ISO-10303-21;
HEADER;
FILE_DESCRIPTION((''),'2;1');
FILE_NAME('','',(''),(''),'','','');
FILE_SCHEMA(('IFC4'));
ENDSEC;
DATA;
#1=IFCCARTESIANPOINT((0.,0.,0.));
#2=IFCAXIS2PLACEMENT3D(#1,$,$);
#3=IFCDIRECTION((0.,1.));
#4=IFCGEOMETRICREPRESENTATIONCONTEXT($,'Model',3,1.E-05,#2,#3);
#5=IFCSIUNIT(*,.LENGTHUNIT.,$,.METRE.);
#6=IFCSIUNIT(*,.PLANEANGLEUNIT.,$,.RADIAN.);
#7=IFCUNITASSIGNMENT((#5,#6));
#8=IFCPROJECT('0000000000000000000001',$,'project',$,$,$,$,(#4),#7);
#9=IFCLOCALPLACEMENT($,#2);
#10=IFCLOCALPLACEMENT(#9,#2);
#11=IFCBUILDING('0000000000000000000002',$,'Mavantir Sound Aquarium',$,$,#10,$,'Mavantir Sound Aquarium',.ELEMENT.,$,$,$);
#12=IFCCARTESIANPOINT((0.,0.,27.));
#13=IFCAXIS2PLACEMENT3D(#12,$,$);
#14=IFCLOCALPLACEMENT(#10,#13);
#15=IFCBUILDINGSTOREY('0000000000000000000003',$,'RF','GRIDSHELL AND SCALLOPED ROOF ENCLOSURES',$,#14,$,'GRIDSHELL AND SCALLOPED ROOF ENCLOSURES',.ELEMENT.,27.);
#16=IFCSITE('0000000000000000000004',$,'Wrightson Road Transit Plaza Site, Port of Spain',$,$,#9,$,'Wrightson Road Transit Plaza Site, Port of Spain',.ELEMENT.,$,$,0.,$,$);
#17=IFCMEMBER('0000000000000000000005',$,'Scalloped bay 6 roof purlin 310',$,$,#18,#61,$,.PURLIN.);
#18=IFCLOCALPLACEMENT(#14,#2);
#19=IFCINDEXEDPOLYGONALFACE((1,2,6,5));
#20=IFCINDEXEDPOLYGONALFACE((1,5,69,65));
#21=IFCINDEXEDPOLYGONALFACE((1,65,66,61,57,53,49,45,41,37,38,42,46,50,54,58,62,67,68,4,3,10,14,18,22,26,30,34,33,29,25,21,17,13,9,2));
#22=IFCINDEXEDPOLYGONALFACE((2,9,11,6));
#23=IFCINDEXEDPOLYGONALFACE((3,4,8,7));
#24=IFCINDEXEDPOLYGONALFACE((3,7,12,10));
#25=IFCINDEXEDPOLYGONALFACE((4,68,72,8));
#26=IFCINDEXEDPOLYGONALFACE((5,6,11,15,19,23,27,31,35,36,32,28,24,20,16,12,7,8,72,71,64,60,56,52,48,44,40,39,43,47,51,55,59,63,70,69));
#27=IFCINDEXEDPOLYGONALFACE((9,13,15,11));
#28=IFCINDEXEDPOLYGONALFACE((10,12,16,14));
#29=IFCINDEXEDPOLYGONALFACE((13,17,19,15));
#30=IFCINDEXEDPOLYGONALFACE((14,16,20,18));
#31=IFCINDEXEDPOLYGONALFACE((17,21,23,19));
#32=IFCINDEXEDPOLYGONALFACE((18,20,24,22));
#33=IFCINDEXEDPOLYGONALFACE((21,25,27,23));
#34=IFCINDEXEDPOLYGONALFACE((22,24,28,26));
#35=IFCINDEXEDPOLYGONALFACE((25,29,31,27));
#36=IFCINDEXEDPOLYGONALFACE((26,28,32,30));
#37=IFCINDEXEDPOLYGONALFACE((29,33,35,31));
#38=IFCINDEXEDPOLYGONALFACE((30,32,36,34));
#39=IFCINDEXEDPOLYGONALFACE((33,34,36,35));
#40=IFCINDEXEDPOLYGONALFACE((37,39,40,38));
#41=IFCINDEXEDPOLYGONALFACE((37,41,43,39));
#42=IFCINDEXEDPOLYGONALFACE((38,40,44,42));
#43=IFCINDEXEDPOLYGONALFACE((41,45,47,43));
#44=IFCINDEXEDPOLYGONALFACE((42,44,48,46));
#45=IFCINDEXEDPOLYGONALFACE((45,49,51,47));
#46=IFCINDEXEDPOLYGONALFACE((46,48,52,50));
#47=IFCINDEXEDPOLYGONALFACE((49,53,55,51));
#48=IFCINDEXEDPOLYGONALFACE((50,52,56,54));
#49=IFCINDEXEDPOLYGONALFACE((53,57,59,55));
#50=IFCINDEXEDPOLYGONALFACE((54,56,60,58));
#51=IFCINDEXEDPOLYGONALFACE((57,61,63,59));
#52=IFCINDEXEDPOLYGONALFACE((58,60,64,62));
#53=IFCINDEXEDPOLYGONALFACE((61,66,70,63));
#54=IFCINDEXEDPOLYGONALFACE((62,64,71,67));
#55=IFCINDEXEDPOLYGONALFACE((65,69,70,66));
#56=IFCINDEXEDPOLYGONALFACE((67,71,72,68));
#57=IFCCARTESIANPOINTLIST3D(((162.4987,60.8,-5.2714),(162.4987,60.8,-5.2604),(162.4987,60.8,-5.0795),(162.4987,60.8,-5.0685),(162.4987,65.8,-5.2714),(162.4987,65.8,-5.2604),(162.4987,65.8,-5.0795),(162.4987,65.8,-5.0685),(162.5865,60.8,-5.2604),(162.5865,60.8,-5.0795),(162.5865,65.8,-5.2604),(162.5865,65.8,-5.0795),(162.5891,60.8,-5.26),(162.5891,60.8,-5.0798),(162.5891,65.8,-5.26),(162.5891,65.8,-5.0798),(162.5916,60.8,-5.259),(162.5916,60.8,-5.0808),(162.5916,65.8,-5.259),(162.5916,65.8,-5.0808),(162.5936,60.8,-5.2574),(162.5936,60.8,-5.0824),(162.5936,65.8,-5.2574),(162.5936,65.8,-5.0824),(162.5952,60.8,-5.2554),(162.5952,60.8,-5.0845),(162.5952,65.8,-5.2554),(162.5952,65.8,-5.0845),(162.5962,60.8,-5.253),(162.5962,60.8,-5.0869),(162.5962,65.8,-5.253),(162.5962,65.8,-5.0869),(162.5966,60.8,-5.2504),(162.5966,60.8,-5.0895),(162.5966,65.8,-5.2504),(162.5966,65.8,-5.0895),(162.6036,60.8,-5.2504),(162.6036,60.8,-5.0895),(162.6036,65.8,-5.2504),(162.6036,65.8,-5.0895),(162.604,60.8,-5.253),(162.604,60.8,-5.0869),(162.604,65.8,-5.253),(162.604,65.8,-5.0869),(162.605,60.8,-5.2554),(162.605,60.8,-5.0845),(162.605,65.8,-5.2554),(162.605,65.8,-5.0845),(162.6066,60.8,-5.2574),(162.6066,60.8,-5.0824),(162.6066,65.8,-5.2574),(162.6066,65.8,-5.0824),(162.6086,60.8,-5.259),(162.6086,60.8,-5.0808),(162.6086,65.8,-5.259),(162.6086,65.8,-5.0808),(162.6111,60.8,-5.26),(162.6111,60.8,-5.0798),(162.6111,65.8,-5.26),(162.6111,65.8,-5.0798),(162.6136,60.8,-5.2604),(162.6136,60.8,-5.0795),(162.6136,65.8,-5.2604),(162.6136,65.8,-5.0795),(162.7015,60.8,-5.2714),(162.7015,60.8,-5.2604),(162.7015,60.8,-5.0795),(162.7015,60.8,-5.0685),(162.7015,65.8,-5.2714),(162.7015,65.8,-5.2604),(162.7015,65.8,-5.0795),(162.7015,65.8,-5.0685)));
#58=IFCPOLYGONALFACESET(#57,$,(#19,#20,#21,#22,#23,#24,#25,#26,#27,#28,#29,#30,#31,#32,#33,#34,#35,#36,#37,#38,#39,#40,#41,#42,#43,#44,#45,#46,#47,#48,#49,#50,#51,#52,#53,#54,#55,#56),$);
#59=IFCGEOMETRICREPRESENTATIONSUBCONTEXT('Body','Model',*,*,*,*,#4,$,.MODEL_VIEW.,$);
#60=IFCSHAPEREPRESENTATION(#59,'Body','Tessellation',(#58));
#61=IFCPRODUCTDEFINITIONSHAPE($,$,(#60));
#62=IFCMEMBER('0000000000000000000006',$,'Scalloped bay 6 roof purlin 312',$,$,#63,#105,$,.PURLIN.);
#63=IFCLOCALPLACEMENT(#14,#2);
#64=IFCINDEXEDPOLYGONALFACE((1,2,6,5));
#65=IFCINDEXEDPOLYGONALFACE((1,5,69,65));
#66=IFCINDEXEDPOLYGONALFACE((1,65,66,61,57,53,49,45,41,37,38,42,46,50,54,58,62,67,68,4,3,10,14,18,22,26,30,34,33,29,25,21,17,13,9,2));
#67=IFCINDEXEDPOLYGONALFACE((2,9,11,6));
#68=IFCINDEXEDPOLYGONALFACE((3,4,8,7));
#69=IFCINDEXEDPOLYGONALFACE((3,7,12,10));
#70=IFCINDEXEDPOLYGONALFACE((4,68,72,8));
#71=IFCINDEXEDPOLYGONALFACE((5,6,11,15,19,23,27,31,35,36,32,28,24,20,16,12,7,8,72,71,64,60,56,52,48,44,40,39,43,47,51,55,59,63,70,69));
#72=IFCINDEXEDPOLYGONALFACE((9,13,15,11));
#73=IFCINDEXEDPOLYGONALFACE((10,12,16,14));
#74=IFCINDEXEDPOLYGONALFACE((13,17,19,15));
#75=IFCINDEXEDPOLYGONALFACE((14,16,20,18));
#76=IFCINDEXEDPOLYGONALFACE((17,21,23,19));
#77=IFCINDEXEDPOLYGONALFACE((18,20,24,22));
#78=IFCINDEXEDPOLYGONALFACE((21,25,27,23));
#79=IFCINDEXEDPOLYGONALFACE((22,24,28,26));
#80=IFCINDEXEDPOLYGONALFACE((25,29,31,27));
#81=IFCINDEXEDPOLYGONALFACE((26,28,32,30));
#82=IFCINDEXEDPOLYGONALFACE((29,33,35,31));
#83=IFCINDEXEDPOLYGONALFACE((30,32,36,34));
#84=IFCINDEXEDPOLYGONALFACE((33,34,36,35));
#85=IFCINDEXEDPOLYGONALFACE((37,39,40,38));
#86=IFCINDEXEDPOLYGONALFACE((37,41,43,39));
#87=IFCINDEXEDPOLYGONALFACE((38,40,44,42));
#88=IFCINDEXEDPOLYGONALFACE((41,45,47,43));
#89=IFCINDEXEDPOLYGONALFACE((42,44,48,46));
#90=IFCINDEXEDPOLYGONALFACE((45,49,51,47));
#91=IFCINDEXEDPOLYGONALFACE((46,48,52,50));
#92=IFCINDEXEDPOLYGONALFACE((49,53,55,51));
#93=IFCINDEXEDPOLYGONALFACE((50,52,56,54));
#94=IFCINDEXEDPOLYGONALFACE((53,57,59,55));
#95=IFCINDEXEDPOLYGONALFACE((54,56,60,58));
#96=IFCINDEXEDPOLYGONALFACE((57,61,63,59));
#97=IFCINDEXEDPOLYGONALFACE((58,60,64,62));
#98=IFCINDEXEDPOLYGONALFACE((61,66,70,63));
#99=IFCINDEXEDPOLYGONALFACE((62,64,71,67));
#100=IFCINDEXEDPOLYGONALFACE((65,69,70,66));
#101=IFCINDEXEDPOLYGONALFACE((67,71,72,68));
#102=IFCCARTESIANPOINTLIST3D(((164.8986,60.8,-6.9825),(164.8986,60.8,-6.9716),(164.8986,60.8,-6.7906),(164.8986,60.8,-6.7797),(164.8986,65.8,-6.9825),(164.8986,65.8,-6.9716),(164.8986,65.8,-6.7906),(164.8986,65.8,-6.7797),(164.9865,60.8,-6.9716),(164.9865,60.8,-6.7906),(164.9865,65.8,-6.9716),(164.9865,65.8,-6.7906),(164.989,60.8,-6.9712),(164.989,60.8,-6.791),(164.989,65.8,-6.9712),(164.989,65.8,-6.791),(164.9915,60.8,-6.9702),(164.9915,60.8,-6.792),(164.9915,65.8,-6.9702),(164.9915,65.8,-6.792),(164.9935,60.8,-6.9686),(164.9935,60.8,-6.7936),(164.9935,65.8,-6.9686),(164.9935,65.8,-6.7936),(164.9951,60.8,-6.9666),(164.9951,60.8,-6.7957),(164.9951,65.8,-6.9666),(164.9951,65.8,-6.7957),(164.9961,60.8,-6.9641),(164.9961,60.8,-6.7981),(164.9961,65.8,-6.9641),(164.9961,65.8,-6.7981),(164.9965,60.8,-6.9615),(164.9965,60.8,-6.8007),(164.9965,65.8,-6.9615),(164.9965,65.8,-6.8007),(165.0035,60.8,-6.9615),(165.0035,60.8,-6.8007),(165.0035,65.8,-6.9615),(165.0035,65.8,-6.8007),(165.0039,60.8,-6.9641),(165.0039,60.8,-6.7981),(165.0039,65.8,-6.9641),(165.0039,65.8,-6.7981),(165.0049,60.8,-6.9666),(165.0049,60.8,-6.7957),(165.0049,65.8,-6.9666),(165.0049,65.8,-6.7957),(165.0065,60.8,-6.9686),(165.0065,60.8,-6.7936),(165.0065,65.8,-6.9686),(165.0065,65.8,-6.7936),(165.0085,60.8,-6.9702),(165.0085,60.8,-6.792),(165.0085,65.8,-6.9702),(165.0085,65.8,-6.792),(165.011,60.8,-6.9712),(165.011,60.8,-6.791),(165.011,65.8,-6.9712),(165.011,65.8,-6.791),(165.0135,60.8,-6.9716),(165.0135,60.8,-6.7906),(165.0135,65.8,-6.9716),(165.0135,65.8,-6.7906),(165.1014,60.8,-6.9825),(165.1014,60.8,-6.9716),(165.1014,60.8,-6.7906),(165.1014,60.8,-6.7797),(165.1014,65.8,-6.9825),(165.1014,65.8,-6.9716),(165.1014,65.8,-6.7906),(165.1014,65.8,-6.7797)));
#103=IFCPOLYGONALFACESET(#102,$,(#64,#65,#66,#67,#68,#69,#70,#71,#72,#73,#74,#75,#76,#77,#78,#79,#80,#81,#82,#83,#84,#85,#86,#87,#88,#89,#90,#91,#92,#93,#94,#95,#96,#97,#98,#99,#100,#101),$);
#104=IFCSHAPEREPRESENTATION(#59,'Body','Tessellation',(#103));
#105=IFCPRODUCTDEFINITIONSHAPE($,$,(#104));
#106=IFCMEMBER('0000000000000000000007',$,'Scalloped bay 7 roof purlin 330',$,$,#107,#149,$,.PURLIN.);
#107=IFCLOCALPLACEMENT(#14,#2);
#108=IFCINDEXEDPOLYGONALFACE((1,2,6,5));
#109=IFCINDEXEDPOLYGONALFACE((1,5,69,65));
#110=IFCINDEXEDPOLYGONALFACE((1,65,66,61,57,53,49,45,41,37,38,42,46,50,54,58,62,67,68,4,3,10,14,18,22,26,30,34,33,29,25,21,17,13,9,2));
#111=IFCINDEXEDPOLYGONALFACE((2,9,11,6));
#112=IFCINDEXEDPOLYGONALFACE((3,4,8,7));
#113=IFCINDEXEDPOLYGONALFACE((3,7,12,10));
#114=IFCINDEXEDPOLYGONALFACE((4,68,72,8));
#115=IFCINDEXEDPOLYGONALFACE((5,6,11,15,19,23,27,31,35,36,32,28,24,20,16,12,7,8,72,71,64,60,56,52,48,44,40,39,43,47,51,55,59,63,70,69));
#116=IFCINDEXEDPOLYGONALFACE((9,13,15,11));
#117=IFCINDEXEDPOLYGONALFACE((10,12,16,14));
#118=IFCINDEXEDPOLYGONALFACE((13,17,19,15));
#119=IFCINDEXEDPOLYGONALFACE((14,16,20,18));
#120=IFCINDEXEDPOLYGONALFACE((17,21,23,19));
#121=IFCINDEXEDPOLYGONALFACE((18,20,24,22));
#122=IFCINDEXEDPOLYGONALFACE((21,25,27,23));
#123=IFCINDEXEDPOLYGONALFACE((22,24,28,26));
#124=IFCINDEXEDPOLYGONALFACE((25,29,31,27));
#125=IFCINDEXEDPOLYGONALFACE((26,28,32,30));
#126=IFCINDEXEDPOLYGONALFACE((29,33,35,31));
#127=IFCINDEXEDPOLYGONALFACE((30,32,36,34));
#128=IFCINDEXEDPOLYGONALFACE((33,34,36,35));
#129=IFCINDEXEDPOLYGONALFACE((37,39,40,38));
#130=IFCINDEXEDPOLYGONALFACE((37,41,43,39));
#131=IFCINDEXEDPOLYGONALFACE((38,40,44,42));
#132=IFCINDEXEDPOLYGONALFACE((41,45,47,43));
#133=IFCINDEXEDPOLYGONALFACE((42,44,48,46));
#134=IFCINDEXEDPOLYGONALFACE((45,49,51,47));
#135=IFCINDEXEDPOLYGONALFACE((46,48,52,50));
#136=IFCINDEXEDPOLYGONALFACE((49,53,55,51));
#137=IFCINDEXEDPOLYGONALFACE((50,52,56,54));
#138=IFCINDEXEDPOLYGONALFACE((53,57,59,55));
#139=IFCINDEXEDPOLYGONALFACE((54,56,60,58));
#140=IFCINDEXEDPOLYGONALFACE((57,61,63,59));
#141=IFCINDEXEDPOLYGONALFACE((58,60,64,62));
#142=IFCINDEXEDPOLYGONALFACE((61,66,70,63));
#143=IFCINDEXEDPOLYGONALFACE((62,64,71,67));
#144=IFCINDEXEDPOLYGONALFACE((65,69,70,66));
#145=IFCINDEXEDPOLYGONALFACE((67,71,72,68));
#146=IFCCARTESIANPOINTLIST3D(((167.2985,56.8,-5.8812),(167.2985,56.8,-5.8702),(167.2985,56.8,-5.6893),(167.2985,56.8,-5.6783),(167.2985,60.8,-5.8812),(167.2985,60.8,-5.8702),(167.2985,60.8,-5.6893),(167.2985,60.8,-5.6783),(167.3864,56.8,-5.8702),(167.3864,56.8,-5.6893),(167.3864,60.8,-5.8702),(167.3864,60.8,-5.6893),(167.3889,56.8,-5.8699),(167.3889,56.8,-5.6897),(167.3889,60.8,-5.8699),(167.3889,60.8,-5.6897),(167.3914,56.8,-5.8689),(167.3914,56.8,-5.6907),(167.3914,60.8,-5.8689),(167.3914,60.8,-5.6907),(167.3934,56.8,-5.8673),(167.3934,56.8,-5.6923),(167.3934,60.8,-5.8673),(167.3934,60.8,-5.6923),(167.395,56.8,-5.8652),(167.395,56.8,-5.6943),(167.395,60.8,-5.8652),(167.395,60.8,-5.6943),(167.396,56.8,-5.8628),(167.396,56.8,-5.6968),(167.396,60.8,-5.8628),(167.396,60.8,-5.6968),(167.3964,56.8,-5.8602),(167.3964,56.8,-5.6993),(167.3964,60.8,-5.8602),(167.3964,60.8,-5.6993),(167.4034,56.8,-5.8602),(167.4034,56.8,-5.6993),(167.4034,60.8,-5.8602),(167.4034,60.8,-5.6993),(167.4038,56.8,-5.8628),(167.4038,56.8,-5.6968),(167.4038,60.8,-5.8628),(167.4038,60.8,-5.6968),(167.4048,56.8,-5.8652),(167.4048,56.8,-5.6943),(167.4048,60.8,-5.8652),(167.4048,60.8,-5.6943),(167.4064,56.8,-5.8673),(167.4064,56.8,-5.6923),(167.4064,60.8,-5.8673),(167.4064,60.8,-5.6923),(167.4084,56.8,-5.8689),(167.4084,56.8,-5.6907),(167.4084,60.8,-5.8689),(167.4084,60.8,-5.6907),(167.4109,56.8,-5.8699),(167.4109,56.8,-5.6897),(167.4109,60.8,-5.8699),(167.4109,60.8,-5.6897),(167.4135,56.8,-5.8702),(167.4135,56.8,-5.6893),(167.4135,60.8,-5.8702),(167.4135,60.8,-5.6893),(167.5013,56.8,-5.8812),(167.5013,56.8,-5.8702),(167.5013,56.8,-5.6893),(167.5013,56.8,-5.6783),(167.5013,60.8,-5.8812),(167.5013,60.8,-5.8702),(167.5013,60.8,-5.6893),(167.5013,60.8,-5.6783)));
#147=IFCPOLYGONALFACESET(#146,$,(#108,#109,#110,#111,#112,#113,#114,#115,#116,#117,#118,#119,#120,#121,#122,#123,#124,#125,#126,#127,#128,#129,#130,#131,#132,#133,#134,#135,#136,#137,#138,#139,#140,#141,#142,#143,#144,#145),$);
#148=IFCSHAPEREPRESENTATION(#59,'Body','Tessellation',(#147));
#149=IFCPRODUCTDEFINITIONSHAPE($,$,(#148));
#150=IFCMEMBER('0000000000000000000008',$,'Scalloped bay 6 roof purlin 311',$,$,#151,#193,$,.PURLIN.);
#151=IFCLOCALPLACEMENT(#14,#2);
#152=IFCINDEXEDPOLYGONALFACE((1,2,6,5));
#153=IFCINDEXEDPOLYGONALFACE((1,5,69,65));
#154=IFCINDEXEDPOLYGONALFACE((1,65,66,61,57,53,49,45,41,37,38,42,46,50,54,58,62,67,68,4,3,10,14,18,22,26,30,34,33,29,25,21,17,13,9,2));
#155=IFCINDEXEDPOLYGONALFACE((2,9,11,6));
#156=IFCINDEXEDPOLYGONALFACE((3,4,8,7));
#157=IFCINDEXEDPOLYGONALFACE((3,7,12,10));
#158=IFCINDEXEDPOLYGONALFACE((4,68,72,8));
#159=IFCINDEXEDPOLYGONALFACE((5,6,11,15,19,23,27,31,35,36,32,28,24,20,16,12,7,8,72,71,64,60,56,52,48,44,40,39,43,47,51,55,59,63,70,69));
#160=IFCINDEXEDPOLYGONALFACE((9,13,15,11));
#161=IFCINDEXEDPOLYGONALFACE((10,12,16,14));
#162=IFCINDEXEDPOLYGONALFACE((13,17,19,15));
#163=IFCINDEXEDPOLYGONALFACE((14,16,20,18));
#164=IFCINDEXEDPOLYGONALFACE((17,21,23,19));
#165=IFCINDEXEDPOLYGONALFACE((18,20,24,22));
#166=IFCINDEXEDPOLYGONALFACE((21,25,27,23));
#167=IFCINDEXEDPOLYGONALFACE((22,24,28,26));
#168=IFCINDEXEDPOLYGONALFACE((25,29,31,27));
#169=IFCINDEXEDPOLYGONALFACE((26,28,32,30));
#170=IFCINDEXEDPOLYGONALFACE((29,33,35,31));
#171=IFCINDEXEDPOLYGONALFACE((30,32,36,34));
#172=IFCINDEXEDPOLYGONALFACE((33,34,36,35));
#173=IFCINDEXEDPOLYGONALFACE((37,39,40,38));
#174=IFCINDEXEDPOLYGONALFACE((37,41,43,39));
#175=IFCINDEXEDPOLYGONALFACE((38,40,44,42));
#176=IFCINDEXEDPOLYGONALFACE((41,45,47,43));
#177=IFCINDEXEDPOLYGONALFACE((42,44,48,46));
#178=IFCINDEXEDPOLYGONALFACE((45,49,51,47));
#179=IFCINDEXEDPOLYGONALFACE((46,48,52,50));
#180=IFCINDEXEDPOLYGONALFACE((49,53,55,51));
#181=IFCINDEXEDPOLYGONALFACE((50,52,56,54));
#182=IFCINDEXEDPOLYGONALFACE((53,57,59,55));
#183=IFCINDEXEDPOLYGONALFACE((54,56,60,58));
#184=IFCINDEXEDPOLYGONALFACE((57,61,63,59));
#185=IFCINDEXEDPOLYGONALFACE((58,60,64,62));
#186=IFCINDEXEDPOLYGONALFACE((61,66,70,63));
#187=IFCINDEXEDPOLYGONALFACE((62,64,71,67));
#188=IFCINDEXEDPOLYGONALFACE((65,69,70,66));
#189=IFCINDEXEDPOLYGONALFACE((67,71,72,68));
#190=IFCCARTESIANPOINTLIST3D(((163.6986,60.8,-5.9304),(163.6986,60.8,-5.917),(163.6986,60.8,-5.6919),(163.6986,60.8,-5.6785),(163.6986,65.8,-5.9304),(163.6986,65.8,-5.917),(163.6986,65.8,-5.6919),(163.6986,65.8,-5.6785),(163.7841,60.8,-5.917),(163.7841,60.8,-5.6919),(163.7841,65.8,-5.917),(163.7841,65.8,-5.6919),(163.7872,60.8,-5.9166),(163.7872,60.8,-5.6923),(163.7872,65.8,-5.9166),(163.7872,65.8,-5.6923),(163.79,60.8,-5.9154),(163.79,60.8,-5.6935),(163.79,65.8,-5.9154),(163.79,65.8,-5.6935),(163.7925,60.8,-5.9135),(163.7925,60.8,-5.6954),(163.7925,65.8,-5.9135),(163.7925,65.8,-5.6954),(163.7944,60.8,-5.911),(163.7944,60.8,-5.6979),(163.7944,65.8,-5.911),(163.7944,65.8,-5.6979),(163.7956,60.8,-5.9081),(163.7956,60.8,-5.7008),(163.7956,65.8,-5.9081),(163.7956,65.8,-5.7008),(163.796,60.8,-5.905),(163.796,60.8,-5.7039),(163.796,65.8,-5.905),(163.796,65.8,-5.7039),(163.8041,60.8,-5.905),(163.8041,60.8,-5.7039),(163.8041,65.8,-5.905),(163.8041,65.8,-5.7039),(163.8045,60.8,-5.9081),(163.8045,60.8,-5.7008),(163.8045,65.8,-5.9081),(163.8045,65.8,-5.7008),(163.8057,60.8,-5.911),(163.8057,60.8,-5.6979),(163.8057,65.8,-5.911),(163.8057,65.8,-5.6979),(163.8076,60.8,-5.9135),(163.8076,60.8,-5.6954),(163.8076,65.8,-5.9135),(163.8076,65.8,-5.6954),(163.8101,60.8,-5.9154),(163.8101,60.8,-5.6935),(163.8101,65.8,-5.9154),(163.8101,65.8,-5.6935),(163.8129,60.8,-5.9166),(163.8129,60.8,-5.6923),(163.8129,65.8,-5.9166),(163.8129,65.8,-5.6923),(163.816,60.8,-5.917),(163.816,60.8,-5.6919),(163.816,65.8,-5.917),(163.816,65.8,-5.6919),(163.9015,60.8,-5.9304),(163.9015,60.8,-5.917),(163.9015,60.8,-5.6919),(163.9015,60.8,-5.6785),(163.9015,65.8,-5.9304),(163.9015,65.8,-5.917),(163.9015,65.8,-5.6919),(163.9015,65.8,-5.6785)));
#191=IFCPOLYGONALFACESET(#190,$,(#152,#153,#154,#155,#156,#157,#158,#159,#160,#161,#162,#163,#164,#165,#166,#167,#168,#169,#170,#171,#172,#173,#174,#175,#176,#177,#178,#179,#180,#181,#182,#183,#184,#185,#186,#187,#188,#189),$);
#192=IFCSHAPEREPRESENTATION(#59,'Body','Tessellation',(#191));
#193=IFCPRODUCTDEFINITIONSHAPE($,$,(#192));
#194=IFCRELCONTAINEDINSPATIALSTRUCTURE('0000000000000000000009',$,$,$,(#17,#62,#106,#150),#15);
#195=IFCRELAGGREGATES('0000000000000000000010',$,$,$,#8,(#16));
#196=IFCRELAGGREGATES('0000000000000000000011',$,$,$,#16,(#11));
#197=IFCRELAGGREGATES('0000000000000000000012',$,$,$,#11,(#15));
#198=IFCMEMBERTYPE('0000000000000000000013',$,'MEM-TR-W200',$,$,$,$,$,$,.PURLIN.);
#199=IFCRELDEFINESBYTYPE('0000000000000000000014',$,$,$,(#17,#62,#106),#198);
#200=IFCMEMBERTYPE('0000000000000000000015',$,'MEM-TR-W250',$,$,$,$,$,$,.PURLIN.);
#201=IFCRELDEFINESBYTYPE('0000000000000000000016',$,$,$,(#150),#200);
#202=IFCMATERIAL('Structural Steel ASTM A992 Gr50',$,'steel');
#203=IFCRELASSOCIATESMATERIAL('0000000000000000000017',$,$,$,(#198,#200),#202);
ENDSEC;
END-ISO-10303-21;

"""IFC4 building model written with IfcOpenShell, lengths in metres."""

from ifc_helpers import new_model, si_unit, direction, frame, origin, origin_2d, place, context, subcontext, project, spatial, i_section, extrude, material, material_profile, profile_set, type_object, element, save


model = new_model("IFC4")

# Units and contexts
model_context = context("Model", 3, precision=1e-05, world=origin(), true_north=direction((0.0, 1.0)))
body_context = subcontext(model_context, "Body", "Model", "MODEL_VIEW")
ifc_project = project(units=[si_unit("LENGTHUNIT", "METRE"), si_unit("PLANEANGLEUNIT", "RADIAN")], contexts=[model_context])

# Site, building, storey
site_placement = place(None, origin())
site = spatial("IfcSite", under=ifc_project, at=site_placement, Name="Wrightson Road Transit Plaza Site, Port of Spain", LongName="Wrightson Road Transit Plaza Site, Port of Spain", CompositionType="ELEMENT", RefElevation=0.0)
building_placement = place(site_placement, origin())
building = spatial("IfcBuilding", under=site, at=building_placement, Name="Mavantir Sound Aquarium", LongName="Mavantir Sound Aquarium", CompositionType="ELEMENT")
storey_placement = place(building_placement, frame((0.0, 0.0, 27.0)))
storey = spatial("IfcBuildingStorey", under=building, at=storey_placement, Name="RF", Description="GRIDSHELL AND SCALLOPED ROOF ENCLOSURES", LongName="GRIDSHELL AND SCALLOPED ROOF ENCLOSURES", CompositionType="ELEMENT", Elevation=27.0)

# Shared definitions
ifc_material_1 = material(Name="Structural Steel ASTM A992 Gr50", Category="steel")

# Members
ifc_material_profile_1 = material_profile(ifc_material_1, i_section(OverallWidth=0.2029, OverallDepth=0.2029, WebThickness=0.0071, FlangeThickness=0.011, FilletRadius=0.01, at=origin_2d()), Name="W200X46")
ifc_profile_set_1 = profile_set([ifc_material_profile_1], Name="Structural Steel ASTM A992 Gr50")
member_type_1 = type_object("IfcMemberType", Name="MEM-TR-W200", PredefinedType="PURLIN", material=ifc_profile_set_1)
for number, where, z_axis, x_axis, name in (
    (1, (162.6001, 60.8, -5.1699), (0.0, 1.0, 0.0), (-1.0, 0.0, 0.0), "Scalloped bay 6 roof purlin 310"),
    (2, (165.0, 60.8, -6.8811), (0.0, 1.0, 0.0), (-1.0, 0.0, 0.0), "Scalloped bay 6 roof purlin 312"),
):
    element("IfcMember", number, at=place(storey_placement, frame(where, z_axis=z_axis, x_axis=x_axis)), inside=storey, type_object=member_type_1, Name=name, PredefinedType="PURLIN", context=body_context, shape_type="SweptSolid", body=[
        extrude(i_section(OverallWidth=0.2029, OverallDepth=0.2029, WebThickness=0.0071, FlangeThickness=0.011, FilletRadius=0.01, at=origin_2d()), origin(), (0.0, 0.0, 1.0), 5.0),
    ])
member_1_placement = place(storey_placement, frame((167.3999, 56.8, -5.7798), z_axis=(0.0, 1.0, 0.0), x_axis=(-1.0, 0.0, 0.0)))
element("IfcMember", 3, at=member_1_placement, inside=storey, type_object=member_type_1, Name="Scalloped bay 7 roof purlin 330", PredefinedType="PURLIN", context=body_context, shape_type="SweptSolid", body=[
    extrude(i_section(OverallWidth=0.2029, OverallDepth=0.2029, WebThickness=0.0071, FlangeThickness=0.011, FilletRadius=0.01, at=origin_2d()), origin(), (0.0, 0.0, 1.0), 4.0),
])
ifc_material_profile_2 = material_profile(ifc_material_1, i_section(OverallWidth=0.2029, OverallDepth=0.252, WebThickness=0.0081, FlangeThickness=0.0134, FilletRadius=0.012, at=origin_2d()), Name="W250X58")
ifc_profile_set_2 = profile_set([ifc_material_profile_2], Name="Structural Steel ASTM A992 Gr50")
member_type_2 = type_object("IfcMemberType", Name="MEM-TR-W250", PredefinedType="PURLIN", material=ifc_profile_set_2)
member_2_placement = place(storey_placement, frame((163.8, 60.8, -5.8044), z_axis=(0.0, 1.0, 0.0), x_axis=(-1.0, 0.0, 0.0)))
element("IfcMember", 4, at=member_2_placement, inside=storey, type_object=member_type_2, Name="Scalloped bay 6 roof purlin 311", PredefinedType="PURLIN", context=body_context, shape_type="SweptSolid", body=[
    extrude(i_section(OverallWidth=0.2029, OverallDepth=0.252, WebThickness=0.0081, FlangeThickness=0.0134, FilletRadius=0.012, at=origin_2d()), origin(), (0.0, 0.0, 1.0), 5.0),
])

save(model, "model.ifc")
